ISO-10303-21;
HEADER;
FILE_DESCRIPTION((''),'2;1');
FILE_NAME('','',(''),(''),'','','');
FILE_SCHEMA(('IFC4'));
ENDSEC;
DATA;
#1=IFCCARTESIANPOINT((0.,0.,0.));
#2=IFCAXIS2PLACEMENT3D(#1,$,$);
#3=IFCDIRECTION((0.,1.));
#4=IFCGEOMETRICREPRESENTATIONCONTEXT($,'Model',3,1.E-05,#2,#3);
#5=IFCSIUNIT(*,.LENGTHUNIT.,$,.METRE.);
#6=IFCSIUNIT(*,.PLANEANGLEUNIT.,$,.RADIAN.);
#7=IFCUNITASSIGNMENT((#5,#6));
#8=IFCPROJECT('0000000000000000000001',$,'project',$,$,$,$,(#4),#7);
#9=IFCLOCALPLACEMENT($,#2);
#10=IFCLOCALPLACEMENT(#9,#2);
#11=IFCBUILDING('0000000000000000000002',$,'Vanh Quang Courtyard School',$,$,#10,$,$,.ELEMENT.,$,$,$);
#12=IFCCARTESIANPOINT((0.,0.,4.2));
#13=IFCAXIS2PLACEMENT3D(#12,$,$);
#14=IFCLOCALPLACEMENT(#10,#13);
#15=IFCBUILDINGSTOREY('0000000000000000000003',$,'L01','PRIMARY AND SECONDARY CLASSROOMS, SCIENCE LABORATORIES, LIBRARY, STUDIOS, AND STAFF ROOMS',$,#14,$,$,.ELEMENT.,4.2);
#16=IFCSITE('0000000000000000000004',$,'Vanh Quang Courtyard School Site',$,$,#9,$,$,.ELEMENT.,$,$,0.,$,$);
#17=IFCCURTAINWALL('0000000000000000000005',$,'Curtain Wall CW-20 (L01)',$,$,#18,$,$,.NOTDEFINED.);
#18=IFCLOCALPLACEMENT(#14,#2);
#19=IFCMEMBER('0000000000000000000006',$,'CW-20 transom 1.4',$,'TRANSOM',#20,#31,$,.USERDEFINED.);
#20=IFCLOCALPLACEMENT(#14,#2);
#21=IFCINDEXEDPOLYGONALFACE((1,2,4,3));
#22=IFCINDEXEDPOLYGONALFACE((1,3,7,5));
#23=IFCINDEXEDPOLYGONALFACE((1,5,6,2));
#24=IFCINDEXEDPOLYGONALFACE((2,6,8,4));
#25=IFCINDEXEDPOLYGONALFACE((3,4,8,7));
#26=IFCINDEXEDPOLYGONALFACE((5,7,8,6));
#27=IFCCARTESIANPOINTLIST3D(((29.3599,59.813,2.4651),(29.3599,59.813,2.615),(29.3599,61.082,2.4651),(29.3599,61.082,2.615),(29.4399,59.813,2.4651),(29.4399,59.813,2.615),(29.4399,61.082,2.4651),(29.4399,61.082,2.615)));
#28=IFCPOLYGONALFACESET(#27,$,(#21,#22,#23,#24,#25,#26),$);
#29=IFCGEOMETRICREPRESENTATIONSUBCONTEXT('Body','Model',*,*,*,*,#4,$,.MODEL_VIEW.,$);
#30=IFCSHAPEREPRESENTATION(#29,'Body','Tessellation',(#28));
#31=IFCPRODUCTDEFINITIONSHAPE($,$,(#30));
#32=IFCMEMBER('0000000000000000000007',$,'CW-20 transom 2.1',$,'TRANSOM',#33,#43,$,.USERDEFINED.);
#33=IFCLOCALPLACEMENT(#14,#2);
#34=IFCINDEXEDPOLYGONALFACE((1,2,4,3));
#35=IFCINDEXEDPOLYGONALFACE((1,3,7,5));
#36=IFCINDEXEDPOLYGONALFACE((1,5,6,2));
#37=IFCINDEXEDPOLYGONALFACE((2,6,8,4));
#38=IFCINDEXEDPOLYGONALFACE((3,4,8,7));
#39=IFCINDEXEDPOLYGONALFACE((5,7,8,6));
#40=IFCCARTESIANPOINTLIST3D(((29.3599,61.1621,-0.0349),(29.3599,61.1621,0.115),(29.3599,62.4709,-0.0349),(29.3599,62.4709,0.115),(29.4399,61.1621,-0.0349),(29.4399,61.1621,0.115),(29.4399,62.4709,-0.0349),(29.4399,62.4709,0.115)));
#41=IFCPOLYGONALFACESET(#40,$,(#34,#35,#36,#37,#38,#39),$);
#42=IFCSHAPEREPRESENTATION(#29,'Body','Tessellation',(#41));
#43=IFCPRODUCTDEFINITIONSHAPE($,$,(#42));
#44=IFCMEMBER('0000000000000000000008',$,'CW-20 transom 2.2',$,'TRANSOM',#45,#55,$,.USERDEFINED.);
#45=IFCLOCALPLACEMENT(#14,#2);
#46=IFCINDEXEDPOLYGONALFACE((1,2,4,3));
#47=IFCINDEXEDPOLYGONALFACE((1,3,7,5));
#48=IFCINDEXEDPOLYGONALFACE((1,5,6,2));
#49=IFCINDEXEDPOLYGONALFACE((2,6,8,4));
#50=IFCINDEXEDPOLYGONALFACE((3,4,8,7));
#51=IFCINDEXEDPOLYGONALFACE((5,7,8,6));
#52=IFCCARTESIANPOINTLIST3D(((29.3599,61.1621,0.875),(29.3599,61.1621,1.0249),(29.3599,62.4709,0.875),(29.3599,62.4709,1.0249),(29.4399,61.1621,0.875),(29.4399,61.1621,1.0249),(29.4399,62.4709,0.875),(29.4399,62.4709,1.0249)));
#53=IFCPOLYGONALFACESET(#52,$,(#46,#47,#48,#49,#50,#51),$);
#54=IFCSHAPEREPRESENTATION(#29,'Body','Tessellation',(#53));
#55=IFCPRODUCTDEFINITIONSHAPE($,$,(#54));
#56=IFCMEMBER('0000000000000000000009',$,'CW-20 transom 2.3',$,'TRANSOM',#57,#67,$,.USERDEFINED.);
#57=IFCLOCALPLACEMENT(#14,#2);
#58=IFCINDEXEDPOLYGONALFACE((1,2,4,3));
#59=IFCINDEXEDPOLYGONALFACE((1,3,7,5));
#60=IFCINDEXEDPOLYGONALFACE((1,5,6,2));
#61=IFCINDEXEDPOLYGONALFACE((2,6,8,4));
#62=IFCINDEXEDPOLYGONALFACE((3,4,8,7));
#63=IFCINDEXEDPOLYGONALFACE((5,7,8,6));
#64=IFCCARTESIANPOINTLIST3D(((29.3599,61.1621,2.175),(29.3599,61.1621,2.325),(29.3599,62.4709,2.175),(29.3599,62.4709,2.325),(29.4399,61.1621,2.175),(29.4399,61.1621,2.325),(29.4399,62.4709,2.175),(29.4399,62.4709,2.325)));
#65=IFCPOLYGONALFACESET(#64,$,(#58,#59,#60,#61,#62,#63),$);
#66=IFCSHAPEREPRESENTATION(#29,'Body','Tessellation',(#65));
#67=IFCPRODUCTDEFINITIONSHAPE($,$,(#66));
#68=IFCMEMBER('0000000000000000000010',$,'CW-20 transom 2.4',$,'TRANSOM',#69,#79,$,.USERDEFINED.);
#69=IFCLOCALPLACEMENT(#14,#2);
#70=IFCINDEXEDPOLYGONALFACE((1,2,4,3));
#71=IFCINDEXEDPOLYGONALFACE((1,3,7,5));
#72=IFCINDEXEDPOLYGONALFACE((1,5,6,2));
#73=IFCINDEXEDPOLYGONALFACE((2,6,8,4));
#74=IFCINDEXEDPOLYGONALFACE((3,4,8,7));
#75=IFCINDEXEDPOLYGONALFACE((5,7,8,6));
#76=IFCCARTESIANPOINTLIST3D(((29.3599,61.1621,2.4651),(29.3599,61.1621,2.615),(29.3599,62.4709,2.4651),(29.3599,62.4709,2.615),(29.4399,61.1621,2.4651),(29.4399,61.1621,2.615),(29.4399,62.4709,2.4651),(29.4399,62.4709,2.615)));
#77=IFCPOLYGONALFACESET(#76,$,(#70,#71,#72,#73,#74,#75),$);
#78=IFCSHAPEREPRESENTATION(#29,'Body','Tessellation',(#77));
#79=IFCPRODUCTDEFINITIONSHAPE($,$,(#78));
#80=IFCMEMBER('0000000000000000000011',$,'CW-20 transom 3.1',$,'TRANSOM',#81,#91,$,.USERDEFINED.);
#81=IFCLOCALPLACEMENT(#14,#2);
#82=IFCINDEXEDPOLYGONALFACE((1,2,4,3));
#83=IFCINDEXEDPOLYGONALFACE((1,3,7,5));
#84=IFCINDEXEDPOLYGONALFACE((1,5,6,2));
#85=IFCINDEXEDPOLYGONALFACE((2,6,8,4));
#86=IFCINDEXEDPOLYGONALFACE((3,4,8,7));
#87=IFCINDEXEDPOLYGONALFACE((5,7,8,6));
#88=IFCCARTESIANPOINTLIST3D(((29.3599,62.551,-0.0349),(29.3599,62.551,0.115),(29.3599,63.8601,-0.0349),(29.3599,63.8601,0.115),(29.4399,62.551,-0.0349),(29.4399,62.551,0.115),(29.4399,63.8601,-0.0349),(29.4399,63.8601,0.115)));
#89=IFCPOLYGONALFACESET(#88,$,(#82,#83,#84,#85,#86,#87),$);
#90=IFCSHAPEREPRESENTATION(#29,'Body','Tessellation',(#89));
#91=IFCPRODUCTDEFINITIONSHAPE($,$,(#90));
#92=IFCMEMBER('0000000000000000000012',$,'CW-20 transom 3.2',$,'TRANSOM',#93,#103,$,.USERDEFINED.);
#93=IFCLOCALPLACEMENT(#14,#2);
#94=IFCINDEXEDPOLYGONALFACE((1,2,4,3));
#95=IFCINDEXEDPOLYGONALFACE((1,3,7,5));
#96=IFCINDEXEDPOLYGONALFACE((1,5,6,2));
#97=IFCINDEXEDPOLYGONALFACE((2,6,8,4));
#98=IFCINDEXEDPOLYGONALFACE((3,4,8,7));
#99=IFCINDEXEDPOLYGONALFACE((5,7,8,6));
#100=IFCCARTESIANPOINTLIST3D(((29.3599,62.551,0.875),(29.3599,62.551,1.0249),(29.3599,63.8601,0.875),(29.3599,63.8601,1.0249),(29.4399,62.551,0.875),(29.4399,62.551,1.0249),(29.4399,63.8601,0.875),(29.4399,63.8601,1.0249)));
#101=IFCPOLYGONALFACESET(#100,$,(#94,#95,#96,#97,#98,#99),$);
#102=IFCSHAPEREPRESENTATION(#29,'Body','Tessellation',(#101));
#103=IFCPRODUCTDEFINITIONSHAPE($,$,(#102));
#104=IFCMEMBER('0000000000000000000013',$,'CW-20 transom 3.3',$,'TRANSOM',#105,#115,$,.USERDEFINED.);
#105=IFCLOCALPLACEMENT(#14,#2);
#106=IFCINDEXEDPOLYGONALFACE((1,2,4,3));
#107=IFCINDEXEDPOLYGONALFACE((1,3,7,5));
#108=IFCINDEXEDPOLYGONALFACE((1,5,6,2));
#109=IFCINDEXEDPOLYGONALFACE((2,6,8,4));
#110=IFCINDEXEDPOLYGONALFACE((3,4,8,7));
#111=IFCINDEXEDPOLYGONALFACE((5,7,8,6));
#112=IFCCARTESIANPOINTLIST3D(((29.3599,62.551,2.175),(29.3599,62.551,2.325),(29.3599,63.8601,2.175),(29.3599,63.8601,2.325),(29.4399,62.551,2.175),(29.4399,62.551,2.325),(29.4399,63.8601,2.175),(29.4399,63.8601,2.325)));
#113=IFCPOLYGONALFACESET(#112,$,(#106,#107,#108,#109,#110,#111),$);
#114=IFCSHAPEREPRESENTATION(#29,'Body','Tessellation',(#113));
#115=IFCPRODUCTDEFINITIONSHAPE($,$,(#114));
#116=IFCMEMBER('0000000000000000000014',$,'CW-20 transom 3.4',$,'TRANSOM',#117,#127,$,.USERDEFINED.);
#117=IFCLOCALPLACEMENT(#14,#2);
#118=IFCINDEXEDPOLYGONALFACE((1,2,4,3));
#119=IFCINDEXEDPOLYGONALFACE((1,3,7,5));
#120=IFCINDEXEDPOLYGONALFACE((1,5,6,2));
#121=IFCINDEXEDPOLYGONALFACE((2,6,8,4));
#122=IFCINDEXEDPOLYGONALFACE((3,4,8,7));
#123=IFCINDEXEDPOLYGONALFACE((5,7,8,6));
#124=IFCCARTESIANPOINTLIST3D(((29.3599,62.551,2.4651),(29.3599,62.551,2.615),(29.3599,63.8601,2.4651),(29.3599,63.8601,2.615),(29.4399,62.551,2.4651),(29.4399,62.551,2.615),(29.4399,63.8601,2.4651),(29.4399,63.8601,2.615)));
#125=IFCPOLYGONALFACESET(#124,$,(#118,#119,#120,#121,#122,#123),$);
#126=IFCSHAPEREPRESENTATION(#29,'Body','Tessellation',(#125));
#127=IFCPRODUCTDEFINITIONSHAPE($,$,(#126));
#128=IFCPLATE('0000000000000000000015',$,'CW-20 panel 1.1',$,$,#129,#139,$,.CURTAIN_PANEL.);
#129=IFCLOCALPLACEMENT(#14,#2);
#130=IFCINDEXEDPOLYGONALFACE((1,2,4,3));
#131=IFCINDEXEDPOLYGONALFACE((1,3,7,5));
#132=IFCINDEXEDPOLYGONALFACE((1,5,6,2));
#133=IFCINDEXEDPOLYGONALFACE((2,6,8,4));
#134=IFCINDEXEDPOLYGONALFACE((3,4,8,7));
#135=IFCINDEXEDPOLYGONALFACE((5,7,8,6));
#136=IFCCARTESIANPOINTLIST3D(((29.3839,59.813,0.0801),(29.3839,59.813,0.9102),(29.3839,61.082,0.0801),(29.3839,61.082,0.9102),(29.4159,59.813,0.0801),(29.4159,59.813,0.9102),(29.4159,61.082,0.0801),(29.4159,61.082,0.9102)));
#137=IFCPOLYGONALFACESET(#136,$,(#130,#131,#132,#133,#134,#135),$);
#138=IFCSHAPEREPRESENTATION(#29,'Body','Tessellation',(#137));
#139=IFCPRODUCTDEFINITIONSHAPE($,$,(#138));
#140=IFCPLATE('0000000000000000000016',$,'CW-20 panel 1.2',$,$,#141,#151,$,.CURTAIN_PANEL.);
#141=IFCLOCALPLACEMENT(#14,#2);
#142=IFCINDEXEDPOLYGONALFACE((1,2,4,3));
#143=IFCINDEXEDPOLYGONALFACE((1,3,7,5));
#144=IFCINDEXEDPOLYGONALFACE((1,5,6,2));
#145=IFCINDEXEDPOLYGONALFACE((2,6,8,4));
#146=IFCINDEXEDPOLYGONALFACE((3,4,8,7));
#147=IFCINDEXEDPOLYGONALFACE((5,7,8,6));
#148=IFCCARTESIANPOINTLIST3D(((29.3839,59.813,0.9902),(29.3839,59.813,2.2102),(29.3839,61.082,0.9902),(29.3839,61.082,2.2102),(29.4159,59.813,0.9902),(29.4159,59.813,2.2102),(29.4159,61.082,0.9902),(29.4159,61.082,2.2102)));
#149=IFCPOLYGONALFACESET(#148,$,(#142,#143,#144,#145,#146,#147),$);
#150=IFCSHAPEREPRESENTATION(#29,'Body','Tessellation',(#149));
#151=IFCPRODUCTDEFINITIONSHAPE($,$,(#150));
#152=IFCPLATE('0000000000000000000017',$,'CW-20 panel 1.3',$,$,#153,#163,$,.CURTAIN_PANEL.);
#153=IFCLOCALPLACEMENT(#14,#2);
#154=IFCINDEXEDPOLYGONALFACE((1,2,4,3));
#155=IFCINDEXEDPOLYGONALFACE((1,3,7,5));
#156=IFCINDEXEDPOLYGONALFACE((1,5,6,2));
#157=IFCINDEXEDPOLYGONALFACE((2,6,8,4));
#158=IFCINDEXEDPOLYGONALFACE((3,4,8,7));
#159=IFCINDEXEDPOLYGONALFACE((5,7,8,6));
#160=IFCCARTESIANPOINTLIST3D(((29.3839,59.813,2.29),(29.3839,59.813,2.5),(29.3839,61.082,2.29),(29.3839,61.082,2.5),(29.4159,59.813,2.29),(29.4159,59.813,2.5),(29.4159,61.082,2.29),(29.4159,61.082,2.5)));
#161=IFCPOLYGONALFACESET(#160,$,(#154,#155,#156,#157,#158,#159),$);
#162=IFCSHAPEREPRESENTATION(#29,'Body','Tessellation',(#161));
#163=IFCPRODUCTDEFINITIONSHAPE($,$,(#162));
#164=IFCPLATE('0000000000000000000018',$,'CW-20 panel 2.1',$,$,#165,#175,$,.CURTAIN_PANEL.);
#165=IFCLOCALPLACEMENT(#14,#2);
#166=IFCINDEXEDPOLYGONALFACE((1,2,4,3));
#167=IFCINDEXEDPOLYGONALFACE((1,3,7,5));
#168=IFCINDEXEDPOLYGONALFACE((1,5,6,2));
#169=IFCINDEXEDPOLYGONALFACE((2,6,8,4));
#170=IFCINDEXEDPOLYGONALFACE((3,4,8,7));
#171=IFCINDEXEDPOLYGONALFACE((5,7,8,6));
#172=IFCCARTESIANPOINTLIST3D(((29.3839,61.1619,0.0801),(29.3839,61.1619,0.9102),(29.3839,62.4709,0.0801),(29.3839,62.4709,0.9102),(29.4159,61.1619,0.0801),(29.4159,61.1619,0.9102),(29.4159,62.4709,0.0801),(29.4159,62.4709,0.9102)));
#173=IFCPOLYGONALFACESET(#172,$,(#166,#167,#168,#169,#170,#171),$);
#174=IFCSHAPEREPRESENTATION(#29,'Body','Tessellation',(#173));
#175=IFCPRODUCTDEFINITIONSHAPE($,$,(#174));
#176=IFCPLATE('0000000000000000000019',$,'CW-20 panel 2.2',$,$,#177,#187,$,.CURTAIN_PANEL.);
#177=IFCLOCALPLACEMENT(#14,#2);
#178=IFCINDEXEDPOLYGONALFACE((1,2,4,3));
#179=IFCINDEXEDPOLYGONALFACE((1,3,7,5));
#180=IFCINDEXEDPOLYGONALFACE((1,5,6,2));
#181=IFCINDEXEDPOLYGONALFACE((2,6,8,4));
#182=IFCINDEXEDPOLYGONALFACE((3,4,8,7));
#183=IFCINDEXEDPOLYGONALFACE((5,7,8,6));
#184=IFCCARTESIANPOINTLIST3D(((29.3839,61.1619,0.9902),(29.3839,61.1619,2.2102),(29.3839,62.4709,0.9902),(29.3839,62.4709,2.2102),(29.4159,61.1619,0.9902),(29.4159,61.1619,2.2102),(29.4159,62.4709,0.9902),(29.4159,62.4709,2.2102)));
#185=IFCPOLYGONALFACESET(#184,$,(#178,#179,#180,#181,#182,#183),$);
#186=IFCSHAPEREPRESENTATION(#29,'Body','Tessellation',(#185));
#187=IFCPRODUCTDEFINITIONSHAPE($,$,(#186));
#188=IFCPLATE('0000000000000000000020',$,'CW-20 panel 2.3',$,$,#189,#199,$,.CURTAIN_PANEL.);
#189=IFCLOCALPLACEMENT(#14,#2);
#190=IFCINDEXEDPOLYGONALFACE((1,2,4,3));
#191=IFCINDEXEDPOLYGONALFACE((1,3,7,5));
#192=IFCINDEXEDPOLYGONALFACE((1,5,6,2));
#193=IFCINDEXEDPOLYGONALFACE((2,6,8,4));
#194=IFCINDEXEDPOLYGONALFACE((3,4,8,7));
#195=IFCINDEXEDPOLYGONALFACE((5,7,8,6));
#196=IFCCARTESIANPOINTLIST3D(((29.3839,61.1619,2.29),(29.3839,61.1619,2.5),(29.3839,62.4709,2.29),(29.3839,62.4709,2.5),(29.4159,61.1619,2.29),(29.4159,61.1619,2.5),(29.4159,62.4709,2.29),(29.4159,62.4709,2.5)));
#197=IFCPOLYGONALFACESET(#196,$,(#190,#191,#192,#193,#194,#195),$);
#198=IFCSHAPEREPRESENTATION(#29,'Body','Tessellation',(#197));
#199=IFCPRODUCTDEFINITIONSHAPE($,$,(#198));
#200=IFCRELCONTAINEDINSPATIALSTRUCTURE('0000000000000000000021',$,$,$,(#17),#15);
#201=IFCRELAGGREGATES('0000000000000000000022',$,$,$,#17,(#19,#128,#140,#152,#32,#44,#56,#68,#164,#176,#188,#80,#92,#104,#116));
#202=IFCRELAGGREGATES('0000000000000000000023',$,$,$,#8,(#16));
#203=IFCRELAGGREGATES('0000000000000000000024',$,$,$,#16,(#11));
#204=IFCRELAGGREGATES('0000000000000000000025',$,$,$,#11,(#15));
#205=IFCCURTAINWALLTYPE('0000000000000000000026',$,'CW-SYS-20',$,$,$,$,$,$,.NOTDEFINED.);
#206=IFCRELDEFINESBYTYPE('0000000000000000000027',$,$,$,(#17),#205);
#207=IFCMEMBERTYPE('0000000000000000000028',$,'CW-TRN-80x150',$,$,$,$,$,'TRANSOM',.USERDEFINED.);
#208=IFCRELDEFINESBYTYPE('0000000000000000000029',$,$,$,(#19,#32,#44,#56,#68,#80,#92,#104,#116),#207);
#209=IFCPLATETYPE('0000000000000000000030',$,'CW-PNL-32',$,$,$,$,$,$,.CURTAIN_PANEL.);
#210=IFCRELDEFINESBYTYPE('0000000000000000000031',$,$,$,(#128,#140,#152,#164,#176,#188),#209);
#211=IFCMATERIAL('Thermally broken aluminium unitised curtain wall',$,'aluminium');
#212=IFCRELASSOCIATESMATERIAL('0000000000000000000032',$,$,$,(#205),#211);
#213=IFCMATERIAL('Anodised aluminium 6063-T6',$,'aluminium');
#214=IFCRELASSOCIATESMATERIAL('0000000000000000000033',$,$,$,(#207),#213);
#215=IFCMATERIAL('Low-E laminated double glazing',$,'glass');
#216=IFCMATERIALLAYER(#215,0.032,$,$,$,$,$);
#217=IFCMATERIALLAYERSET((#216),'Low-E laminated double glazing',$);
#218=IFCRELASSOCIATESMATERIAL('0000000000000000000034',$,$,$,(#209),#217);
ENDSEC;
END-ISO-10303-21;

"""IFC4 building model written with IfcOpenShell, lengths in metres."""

from ifc_helpers import new_model, si_unit, direction, frame, origin, origin_2d, place, context, subcontext, project, spatial, rectangle, extrude, material, layer, layer_set, material_profile, profile_set, type_object, element, aggregate, save


model = new_model("IFC4")

# Units and contexts
model_context = context("Model", 3, precision=1e-05, world=origin(), true_north=direction((0.0, 1.0)))
body_context = subcontext(model_context, "Body", "Model", "MODEL_VIEW")
ifc_project = project(units=[si_unit("LENGTHUNIT", "METRE"), si_unit("PLANEANGLEUNIT", "RADIAN")], contexts=[model_context])

# Site, building, storey
site_placement = place(None, origin())
site = spatial("IfcSite", under=ifc_project, at=site_placement, Name="Vanh Quang Courtyard School Site", CompositionType="ELEMENT", RefElevation=0.0)
building_placement = place(site_placement, origin())
building = spatial("IfcBuilding", under=site, at=building_placement, Name="Vanh Quang Courtyard School", CompositionType="ELEMENT")
storey_placement = place(building_placement, frame((0.0, 0.0, 4.2)))
storey = spatial("IfcBuildingStorey", under=building, at=storey_placement, Name="L01", Description="PRIMARY AND SECONDARY CLASSROOMS, SCIENCE LABORATORIES, LIBRARY, STUDIOS, AND STAFF ROOMS", CompositionType="ELEMENT", Elevation=4.2)

# Curtain wall, members, plates
ifc_material_1 = material(Name="Thermally broken aluminium unitised curtain wall", Category="aluminium")
curtain_wall_type = type_object("IfcCurtainWallType", Name="CW-SYS-20", PredefinedType="NOTDEFINED", material=ifc_material_1)
curtain_wall_placement = place(storey_placement, origin())
curtain_wall = element("IfcCurtainWall", 1, at=curtain_wall_placement, inside=storey, type_object=curtain_wall_type, Name="Curtain Wall CW-20 (L01)", PredefinedType="NOTDEFINED")
ifc_material_2 = material(Name="Anodised aluminium 6063-T6", Category="aluminium")
ifc_material_profile_1 = material_profile(ifc_material_2, rectangle(XDim=0.0801, YDim=0.1499, at=origin_2d()), Name="ALU-TRN 80x150")
ifc_profile_set_1 = profile_set([ifc_material_profile_1], Name="Anodised aluminium 6063-T6")
member_type_1 = type_object("IfcMemberType", Name="CW-TRN-80x150", ElementType="TRANSOM", PredefinedType="USERDEFINED", material=ifc_profile_set_1)
member_1_placement = place(storey_placement, frame((29.3999, 59.813, 2.54), z_axis=(0.0, 1.0, 0.0), x_axis=(-1.0, 0.0, 0.0)))
member_1 = element("IfcMember", 2, at=member_1_placement, type_object=member_type_1, Name="CW-20 transom 1.4", ObjectType="TRANSOM", PredefinedType="USERDEFINED", context=body_context, shape_type="SweptSolid", body=[
    extrude(rectangle(XDim=0.0801, YDim=0.1499, at=origin_2d()), origin(), (0.0, 0.0, 1.0), 1.269),
])
member_2_placement = place(storey_placement, frame((29.3999, 61.1621, 0.04), z_axis=(0.0, 1.0, 0.0), x_axis=(-1.0, 0.0, 0.0)))
member_2 = element("IfcMember", 3, at=member_2_placement, type_object=member_type_1, Name="CW-20 transom 2.1", ObjectType="TRANSOM", PredefinedType="USERDEFINED", context=body_context, shape_type="SweptSolid", body=[
    extrude(rectangle(XDim=0.0801, YDim=0.1499, at=origin_2d()), origin(), (0.0, 0.0, 1.0), 1.3088),
])
member_3_placement = place(storey_placement, frame((29.3999, 61.1621, 0.95), z_axis=(0.0, 1.0, 0.0), x_axis=(-1.0, 0.0, 0.0)))
member_3 = element("IfcMember", 4, at=member_3_placement, type_object=member_type_1, Name="CW-20 transom 2.2", ObjectType="TRANSOM", PredefinedType="USERDEFINED", context=body_context, shape_type="SweptSolid", body=[
    extrude(rectangle(XDim=0.0801, YDim=0.1499, at=origin_2d()), origin(), (0.0, 0.0, 1.0), 1.3088),
])
member_4_placement = place(storey_placement, frame((29.3999, 61.1621, 2.25), z_axis=(0.0, 1.0, 0.0), x_axis=(-1.0, 0.0, 0.0)))
member_4 = element("IfcMember", 5, at=member_4_placement, type_object=member_type_1, Name="CW-20 transom 2.3", ObjectType="TRANSOM", PredefinedType="USERDEFINED", context=body_context, shape_type="SweptSolid", body=[
    extrude(rectangle(XDim=0.0801, YDim=0.1499, at=origin_2d()), origin(), (0.0, 0.0, 1.0), 1.3088),
])
member_5_placement = place(storey_placement, frame((29.3999, 61.1621, 2.54), z_axis=(0.0, 1.0, 0.0), x_axis=(-1.0, 0.0, 0.0)))
member_5 = element("IfcMember", 6, at=member_5_placement, type_object=member_type_1, Name="CW-20 transom 2.4", ObjectType="TRANSOM", PredefinedType="USERDEFINED", context=body_context, shape_type="SweptSolid", body=[
    extrude(rectangle(XDim=0.0801, YDim=0.1499, at=origin_2d()), origin(), (0.0, 0.0, 1.0), 1.3088),
])
member_6_placement = place(storey_placement, frame((29.3999, 62.551, 0.04), z_axis=(0.0, 1.0, 0.0), x_axis=(-1.0, 0.0, 0.0)))
member_6 = element("IfcMember", 7, at=member_6_placement, type_object=member_type_1, Name="CW-20 transom 3.1", ObjectType="TRANSOM", PredefinedType="USERDEFINED", context=body_context, shape_type="SweptSolid", body=[
    extrude(rectangle(XDim=0.0801, YDim=0.1499, at=origin_2d()), origin(), (0.0, 0.0, 1.0), 1.3091),
])
member_7_placement = place(storey_placement, frame((29.3999, 62.551, 0.95), z_axis=(0.0, 1.0, 0.0), x_axis=(-1.0, 0.0, 0.0)))
member_7 = element("IfcMember", 8, at=member_7_placement, type_object=member_type_1, Name="CW-20 transom 3.2", ObjectType="TRANSOM", PredefinedType="USERDEFINED", context=body_context, shape_type="SweptSolid", body=[
    extrude(rectangle(XDim=0.0801, YDim=0.1499, at=origin_2d()), origin(), (0.0, 0.0, 1.0), 1.3091),
])
member_8_placement = place(storey_placement, frame((29.3999, 62.551, 2.25), z_axis=(0.0, 1.0, 0.0), x_axis=(-1.0, 0.0, 0.0)))
member_8 = element("IfcMember", 9, at=member_8_placement, type_object=member_type_1, Name="CW-20 transom 3.3", ObjectType="TRANSOM", PredefinedType="USERDEFINED", context=body_context, shape_type="SweptSolid", body=[
    extrude(rectangle(XDim=0.0801, YDim=0.1499, at=origin_2d()), origin(), (0.0, 0.0, 1.0), 1.3091),
])
member_9_placement = place(storey_placement, frame((29.3999, 62.551, 2.54), z_axis=(0.0, 1.0, 0.0), x_axis=(-1.0, 0.0, 0.0)))
member_9 = element("IfcMember", 10, at=member_9_placement, type_object=member_type_1, Name="CW-20 transom 3.4", ObjectType="TRANSOM", PredefinedType="USERDEFINED", context=body_context, shape_type="SweptSolid", body=[
    extrude(rectangle(XDim=0.0801, YDim=0.1499, at=origin_2d()), origin(), (0.0, 0.0, 1.0), 1.3091),
])
ifc_material_3 = material(Name="Low-E laminated double glazing", Category="glass")
ifc_layer_1 = layer(ifc_material_3, 0.032)
ifc_layer_set_1 = layer_set([ifc_layer_1], Name="Low-E laminated double glazing")
plate_type = type_object("IfcPlateType", Name="CW-PNL-32", PredefinedType="CURTAIN_PANEL", material=ifc_layer_set_1)
plate_1_placement = place(storey_placement, frame((29.3999, 60.4475, 0.0801), z_axis=(0.0, 0.0, 1.0), x_axis=(0.0, 1.0, 0.0)))
plate_1 = element("IfcPlate", 11, at=plate_1_placement, type_object=plate_type, Name="CW-20 panel 1.1", PredefinedType="CURTAIN_PANEL", context=body_context, shape_type="SweptSolid", body=[
    extrude(rectangle(XDim=1.269, YDim=0.032, at=origin_2d()), origin(), (0.0, 0.0, 1.0), 0.8301),
])
plate_2_placement = place(storey_placement, frame((29.3999, 60.4475, 0.9902), z_axis=(0.0, 0.0, 1.0), x_axis=(0.0, 1.0, 0.0)))
plate_2 = element("IfcPlate", 12, at=plate_2_placement, type_object=plate_type, Name="CW-20 panel 1.2", PredefinedType="CURTAIN_PANEL", context=body_context, shape_type="SweptSolid", body=[
    extrude(rectangle(XDim=1.269, YDim=0.032, at=origin_2d()), origin(), (0.0, 0.0, 1.0), 1.22),
])
plate_3_placement = place(storey_placement, frame((29.3999, 60.4475, 2.29), z_axis=(0.0, 0.0, 1.0), x_axis=(0.0, 1.0, 0.0)))
plate_3 = element("IfcPlate", 13, at=plate_3_placement, type_object=plate_type, Name="CW-20 panel 1.3", PredefinedType="CURTAIN_PANEL", context=body_context, shape_type="SweptSolid", body=[
    extrude(rectangle(XDim=1.269, YDim=0.032, at=origin_2d()), origin(), (0.0, 0.0, 1.0), 0.21),
])
plate_4_placement = place(storey_placement, frame((29.3999, 61.8164, 0.0801), z_axis=(0.0, 0.0, 1.0), x_axis=(0.0, 1.0, 0.0)))
plate_4 = element("IfcPlate", 14, at=plate_4_placement, type_object=plate_type, Name="CW-20 panel 2.1", PredefinedType="CURTAIN_PANEL", context=body_context, shape_type="SweptSolid", body=[
    extrude(rectangle(XDim=1.3091, YDim=0.032, at=origin_2d()), origin(), (0.0, 0.0, 1.0), 0.8301),
])
plate_5_placement = place(storey_placement, frame((29.3999, 61.8164, 0.9902), z_axis=(0.0, 0.0, 1.0), x_axis=(0.0, 1.0, 0.0)))
plate_5 = element("IfcPlate", 15, at=plate_5_placement, type_object=plate_type, Name="CW-20 panel 2.2", PredefinedType="CURTAIN_PANEL", context=body_context, shape_type="SweptSolid", body=[
    extrude(rectangle(XDim=1.3091, YDim=0.032, at=origin_2d()), origin(), (0.0, 0.0, 1.0), 1.22),
])
plate_6_placement = place(storey_placement, frame((29.3999, 61.8164, 2.29), z_axis=(0.0, 0.0, 1.0), x_axis=(0.0, 1.0, 0.0)))
plate_6 = element("IfcPlate", 16, at=plate_6_placement, type_object=plate_type, Name="CW-20 panel 2.3", PredefinedType="CURTAIN_PANEL", context=body_context, shape_type="SweptSolid", body=[
    extrude(rectangle(XDim=1.3091, YDim=0.032, at=origin_2d()), origin(), (0.0, 0.0, 1.0), 0.21),
])
aggregate(curtain_wall, [member_1, plate_1, plate_2, plate_3, member_2, member_3, member_4, member_5, plate_4, plate_5, plate_6, member_6, member_7, member_8, member_9])

save(model, "model.ifc")
